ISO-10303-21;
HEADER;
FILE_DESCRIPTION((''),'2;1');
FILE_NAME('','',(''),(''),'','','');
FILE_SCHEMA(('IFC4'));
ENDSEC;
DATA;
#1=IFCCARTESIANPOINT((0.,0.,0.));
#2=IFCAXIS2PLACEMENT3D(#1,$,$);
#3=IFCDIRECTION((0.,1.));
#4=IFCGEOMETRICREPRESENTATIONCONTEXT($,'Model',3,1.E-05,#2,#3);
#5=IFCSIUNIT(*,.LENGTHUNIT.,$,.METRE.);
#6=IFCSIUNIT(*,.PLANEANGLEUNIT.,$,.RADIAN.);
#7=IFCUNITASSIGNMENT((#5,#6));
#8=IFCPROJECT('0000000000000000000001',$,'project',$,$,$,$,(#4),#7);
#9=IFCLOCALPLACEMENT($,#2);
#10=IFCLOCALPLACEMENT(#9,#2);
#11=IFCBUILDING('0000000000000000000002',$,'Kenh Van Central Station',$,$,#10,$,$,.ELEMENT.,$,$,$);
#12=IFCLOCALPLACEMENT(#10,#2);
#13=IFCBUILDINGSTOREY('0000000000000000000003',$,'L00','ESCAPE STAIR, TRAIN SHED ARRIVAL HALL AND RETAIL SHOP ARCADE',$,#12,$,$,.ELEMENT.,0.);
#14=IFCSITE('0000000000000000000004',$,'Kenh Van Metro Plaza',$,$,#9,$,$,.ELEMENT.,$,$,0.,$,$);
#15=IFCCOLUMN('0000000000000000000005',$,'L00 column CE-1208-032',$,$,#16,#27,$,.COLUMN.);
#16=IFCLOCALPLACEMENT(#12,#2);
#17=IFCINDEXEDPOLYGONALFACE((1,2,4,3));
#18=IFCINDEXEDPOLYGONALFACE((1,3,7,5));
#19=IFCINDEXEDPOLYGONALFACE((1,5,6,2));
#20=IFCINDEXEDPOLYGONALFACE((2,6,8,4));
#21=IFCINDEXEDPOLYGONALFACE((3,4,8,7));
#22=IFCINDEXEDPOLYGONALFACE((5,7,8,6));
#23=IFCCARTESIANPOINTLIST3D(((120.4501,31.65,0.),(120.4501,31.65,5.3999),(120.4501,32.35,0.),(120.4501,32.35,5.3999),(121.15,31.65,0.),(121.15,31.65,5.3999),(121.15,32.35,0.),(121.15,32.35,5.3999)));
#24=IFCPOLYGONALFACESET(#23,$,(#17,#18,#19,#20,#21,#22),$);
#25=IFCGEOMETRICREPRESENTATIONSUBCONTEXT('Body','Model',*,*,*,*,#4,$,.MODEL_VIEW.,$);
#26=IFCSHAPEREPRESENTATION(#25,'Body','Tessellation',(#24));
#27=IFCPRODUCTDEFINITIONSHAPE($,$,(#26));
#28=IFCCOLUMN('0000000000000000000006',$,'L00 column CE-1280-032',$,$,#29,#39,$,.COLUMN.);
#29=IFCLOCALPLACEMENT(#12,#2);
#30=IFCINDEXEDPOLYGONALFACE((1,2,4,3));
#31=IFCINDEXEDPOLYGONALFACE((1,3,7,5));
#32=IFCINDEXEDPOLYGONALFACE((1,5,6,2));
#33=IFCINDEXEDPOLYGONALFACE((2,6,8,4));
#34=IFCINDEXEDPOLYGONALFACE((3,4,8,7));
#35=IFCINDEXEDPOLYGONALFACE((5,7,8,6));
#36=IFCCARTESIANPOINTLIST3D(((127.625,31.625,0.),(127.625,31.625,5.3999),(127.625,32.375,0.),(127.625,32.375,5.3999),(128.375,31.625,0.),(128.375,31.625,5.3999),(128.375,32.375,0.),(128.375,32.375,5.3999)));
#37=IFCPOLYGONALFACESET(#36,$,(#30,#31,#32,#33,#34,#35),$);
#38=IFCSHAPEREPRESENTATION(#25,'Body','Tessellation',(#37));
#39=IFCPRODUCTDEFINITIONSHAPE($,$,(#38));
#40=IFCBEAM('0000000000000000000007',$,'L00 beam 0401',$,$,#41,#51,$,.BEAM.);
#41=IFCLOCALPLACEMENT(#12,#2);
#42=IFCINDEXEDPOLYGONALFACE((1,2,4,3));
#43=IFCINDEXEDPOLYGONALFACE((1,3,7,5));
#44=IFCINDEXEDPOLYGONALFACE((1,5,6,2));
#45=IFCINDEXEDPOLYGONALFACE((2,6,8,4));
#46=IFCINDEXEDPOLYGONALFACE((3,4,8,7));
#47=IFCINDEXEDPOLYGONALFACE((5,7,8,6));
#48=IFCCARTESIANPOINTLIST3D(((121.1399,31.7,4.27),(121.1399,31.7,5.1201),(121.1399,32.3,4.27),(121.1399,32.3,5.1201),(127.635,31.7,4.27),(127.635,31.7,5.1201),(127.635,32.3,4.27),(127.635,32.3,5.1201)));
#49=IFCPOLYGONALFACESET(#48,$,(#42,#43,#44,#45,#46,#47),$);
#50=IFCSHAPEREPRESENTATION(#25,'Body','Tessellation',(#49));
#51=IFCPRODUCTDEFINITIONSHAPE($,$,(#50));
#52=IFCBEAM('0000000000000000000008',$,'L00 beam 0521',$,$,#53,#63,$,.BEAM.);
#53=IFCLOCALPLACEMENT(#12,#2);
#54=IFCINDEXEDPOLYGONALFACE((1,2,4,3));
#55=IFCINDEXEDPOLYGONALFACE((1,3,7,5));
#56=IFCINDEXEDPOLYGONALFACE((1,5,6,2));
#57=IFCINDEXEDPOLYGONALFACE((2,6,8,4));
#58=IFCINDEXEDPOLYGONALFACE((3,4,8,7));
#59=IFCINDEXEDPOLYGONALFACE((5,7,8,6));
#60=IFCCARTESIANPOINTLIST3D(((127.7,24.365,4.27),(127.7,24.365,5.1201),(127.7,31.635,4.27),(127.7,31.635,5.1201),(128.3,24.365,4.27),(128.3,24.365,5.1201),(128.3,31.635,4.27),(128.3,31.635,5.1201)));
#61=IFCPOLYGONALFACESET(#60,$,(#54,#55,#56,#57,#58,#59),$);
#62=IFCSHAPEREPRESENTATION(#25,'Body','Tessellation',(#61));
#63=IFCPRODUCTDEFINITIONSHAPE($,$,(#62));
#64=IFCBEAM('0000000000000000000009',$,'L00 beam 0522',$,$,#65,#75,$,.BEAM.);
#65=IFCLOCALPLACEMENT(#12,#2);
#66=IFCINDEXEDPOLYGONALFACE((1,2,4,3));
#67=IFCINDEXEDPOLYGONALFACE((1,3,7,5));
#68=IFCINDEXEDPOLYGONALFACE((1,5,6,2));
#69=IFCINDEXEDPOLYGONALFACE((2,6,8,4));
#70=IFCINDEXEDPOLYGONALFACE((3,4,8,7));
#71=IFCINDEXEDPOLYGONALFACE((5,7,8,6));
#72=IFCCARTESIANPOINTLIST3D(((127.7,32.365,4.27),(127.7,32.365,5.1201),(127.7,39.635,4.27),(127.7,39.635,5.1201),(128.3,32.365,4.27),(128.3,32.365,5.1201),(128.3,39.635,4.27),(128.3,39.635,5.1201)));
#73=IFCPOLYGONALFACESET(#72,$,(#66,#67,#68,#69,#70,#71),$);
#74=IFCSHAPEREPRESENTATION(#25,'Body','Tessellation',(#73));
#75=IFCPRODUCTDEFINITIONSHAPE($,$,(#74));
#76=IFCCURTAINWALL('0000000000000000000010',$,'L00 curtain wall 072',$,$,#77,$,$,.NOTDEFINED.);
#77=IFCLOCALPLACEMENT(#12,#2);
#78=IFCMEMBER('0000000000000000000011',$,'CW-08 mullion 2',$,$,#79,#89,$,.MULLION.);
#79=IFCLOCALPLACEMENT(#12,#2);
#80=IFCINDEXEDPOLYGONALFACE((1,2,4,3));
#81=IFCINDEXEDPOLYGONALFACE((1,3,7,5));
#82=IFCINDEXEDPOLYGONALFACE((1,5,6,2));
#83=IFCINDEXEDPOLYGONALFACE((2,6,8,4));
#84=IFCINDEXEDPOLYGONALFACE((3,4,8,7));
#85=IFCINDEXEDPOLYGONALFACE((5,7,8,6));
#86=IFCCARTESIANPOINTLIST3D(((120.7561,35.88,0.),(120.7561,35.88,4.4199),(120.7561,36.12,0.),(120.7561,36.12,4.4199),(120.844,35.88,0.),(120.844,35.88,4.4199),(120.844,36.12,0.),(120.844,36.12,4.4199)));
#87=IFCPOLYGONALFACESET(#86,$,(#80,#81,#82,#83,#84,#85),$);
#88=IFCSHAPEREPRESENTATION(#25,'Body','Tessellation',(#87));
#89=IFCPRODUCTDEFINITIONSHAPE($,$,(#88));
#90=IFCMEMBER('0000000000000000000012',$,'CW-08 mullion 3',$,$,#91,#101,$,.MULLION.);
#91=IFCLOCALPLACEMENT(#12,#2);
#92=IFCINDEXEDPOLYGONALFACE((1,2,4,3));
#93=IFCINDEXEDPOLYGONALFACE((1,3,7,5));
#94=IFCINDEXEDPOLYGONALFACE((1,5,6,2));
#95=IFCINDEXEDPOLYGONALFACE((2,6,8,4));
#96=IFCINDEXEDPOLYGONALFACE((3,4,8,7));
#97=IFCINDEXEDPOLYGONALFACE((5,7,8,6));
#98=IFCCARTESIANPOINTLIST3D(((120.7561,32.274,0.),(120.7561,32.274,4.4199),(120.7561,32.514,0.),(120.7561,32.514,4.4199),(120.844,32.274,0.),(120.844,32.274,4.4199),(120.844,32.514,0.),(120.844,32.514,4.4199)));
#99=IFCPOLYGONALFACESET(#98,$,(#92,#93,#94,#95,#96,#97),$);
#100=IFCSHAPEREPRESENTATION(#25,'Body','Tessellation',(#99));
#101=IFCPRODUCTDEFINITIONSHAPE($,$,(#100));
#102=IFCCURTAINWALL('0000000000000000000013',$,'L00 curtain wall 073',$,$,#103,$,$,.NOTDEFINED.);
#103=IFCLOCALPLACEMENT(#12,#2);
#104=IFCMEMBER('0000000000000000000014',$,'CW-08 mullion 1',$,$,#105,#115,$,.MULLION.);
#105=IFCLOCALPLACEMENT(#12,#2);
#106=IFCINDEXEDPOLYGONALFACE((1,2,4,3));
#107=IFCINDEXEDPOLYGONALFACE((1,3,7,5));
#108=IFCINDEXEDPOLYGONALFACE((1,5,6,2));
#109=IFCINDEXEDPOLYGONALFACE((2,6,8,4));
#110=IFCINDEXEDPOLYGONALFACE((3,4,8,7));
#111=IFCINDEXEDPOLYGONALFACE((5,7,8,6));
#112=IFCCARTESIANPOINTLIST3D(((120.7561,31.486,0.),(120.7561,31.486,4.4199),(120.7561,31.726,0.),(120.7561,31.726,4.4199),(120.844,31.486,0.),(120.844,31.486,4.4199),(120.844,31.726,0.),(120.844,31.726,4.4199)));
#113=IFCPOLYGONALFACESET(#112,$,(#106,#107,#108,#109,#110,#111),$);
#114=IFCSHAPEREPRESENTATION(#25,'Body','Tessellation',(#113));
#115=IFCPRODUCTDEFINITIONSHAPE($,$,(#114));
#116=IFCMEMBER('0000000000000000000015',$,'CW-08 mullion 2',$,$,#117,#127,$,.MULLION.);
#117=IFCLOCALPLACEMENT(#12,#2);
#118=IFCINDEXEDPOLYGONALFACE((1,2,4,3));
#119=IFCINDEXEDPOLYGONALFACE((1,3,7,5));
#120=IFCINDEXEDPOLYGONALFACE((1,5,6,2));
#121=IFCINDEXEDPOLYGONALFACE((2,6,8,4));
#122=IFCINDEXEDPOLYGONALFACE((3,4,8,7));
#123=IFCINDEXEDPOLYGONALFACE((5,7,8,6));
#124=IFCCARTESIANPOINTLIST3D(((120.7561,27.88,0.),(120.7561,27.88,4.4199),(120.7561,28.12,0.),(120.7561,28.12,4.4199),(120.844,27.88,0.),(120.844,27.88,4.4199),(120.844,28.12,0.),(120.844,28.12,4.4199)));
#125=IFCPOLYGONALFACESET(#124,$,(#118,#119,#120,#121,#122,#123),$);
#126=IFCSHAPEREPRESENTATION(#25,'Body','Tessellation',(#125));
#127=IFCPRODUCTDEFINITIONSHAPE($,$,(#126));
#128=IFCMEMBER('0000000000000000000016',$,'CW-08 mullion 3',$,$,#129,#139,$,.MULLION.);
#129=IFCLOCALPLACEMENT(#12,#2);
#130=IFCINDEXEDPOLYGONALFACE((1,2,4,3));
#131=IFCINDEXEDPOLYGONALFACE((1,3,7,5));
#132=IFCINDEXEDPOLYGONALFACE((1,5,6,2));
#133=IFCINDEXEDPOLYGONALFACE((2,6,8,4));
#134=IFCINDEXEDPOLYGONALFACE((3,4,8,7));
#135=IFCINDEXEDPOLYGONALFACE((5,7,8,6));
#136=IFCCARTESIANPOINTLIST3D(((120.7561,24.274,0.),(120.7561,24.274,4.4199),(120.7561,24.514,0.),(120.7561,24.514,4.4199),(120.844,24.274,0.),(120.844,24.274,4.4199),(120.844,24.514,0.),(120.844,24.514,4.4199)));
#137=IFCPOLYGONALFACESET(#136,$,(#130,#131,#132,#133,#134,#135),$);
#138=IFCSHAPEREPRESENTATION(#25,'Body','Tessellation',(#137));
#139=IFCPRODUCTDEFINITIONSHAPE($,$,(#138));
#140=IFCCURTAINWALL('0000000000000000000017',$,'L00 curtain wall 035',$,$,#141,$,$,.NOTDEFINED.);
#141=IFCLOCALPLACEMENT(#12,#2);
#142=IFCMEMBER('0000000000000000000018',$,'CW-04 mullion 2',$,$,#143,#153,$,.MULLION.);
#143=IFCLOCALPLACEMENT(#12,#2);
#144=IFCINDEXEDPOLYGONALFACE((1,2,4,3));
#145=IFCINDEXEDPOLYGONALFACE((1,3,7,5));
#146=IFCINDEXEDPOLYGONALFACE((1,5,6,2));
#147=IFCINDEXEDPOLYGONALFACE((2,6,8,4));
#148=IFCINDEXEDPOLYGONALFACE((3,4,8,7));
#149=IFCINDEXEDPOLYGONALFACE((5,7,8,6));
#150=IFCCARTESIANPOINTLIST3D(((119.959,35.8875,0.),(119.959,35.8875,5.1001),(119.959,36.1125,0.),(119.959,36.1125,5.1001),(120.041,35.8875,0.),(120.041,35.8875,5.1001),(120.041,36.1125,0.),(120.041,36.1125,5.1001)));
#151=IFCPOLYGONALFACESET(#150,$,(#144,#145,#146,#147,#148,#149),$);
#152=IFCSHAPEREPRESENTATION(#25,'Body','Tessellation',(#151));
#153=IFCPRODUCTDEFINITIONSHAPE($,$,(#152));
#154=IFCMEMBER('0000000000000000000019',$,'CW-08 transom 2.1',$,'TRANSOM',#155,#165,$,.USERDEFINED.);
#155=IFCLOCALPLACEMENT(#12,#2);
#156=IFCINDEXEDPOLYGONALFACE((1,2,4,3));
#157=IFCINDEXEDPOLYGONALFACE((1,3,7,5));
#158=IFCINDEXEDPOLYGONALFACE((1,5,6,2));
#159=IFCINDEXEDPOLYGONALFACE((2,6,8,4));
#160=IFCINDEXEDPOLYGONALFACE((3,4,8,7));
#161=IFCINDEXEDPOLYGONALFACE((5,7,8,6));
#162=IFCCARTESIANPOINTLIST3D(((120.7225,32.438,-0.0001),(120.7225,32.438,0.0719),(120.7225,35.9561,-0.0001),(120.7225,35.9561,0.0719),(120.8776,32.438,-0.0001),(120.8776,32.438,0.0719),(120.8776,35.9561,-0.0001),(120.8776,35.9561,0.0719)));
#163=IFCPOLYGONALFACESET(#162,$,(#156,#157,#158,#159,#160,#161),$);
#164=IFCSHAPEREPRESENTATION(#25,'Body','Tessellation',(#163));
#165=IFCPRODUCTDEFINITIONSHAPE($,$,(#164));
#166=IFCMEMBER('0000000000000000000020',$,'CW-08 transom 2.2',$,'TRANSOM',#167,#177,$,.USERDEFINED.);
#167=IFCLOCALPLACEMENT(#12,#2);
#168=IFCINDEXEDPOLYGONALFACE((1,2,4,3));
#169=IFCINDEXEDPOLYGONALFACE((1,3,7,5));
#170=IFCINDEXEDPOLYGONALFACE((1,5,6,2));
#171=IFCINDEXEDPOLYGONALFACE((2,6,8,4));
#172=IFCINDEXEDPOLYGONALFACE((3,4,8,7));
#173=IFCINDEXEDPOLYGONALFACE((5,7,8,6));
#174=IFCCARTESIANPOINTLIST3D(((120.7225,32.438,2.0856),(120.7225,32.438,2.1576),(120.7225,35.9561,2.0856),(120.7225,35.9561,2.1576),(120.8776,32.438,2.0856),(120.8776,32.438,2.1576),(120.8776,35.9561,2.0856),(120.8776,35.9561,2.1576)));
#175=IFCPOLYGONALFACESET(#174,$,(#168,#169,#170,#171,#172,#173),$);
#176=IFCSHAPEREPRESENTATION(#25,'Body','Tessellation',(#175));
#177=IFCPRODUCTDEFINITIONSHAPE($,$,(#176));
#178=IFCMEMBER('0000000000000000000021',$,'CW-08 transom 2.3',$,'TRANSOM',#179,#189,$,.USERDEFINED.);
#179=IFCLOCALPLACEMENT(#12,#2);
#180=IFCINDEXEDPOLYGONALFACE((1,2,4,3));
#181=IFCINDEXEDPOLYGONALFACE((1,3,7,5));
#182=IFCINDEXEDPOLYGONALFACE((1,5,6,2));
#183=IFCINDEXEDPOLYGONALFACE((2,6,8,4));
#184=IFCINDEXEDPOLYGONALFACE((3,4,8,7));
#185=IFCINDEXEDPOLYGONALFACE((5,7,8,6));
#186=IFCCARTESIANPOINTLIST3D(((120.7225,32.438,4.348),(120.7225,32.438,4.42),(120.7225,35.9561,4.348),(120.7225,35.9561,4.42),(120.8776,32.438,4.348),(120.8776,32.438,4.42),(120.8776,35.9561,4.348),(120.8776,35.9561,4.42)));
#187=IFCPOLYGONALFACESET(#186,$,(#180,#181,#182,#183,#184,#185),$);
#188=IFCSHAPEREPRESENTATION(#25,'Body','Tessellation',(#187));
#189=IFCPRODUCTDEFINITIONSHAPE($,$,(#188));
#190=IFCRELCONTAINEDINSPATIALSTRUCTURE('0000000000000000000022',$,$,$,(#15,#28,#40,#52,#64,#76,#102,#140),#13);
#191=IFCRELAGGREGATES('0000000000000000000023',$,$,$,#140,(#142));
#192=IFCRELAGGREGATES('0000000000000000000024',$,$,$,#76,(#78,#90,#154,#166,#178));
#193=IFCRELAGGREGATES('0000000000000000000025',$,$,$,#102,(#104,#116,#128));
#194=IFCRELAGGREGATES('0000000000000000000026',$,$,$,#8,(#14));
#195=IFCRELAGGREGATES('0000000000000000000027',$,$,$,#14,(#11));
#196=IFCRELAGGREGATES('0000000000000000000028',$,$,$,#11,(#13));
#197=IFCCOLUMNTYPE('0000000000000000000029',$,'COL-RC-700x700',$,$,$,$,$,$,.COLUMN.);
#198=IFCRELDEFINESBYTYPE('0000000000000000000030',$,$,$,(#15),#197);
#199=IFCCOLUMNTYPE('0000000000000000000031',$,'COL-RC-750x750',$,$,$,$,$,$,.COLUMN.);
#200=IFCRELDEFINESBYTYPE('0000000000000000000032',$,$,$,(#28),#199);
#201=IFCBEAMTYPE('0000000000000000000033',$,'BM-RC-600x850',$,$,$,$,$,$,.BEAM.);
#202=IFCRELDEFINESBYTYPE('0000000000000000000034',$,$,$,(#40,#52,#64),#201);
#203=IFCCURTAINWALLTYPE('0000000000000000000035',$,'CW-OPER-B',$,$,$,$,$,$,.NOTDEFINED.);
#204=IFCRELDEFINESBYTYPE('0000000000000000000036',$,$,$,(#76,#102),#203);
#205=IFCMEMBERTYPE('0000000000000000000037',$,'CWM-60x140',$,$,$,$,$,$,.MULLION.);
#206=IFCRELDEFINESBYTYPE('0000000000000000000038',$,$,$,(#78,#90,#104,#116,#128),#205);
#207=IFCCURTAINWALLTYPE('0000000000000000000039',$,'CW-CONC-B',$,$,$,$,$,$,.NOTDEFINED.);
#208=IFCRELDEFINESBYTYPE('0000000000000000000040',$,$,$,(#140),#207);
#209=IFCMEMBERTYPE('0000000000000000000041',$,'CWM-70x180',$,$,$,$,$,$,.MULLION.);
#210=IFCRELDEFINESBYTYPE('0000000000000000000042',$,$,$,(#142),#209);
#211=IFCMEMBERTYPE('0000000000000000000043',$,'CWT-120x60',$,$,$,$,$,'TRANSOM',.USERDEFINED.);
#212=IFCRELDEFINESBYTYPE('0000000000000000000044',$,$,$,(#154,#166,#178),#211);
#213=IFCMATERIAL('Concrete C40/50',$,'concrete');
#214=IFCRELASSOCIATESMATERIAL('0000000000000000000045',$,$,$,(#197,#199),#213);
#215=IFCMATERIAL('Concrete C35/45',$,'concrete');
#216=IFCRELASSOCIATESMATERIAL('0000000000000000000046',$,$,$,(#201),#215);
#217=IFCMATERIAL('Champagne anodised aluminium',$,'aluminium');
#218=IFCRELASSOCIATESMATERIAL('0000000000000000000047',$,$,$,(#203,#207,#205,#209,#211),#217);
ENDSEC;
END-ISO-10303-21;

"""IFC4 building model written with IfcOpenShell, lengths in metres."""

from ifc_helpers import new_model, si_unit, direction, frame, origin, origin_2d, place, context, subcontext, project, spatial, rectangle, extrude, material, material_profile, profile_set, type_object, element, aggregate, save


model = new_model("IFC4")

# Units and contexts
model_context = context("Model", 3, precision=1e-05, world=origin(), true_north=direction((0.0, 1.0)))
body_context = subcontext(model_context, "Body", "Model", "MODEL_VIEW")
ifc_project = project(units=[si_unit("LENGTHUNIT", "METRE"), si_unit("PLANEANGLEUNIT", "RADIAN")], contexts=[model_context])

# Site, building, storey
site_placement = place(None, origin())
site = spatial("IfcSite", under=ifc_project, at=site_placement, Name="Kenh Van Metro Plaza", CompositionType="ELEMENT", RefElevation=0.0)
building_placement = place(site_placement, origin())
building = spatial("IfcBuilding", under=site, at=building_placement, Name="Kenh Van Central Station", CompositionType="ELEMENT")
storey_placement = place(building_placement, origin())
storey = spatial("IfcBuildingStorey", under=building, at=storey_placement, Name="L00", Description="ESCAPE STAIR, TRAIN SHED ARRIVAL HALL AND RETAIL SHOP ARCADE", CompositionType="ELEMENT", Elevation=0.0)

# Columns
ifc_material_1 = material(Name="Concrete C40/50", Category="concrete")
ifc_material_profile_1 = material_profile(ifc_material_1, rectangle(XDim=0.7, YDim=0.7, at=origin_2d()), Name="RC 700x700")
ifc_profile_set_1 = profile_set([ifc_material_profile_1], Name="Concrete C40/50")
column_type_1 = type_object("IfcColumnType", Name="COL-RC-700x700", PredefinedType="COLUMN", material=ifc_profile_set_1)
column_1_placement = place(storey_placement, frame((120.8, 32.0, 0.0), z_axis=(0.0, 0.0, 1.0), x_axis=(1.0, 0.0, 0.0)))
element("IfcColumn", 1, at=column_1_placement, inside=storey, type_object=column_type_1, Name="L00 column CE-1208-032", PredefinedType="COLUMN", context=body_context, shape_type="SweptSolid", body=[
    extrude(rectangle(XDim=0.7, YDim=0.7, at=origin_2d()), origin(), (0.0, 0.0, 1.0), 5.3999),
])
ifc_material_profile_2 = material_profile(ifc_material_1, rectangle(XDim=0.75, YDim=0.75, at=origin_2d()), Name="RC 750x750")
ifc_profile_set_2 = profile_set([ifc_material_profile_2], Name="Concrete C40/50")
column_type_2 = type_object("IfcColumnType", Name="COL-RC-750x750", PredefinedType="COLUMN", material=ifc_profile_set_2)
column_2_placement = place(storey_placement, frame((128.0, 32.0, 0.0), z_axis=(0.0, 0.0, 1.0), x_axis=(1.0, 0.0, 0.0)))
element("IfcColumn", 2, at=column_2_placement, inside=storey, type_object=column_type_2, Name="L00 column CE-1280-032", PredefinedType="COLUMN", context=body_context, shape_type="SweptSolid", body=[
    extrude(rectangle(XDim=0.75, YDim=0.75, at=origin_2d()), origin(), (0.0, 0.0, 1.0), 5.3999),
])

# Beams
ifc_material_2 = material(Name="Concrete C35/45", Category="concrete")
ifc_material_profile_3 = material_profile(ifc_material_2, rectangle(XDim=0.6001, YDim=0.8501, at=origin_2d()), Name="RC 600x850")
ifc_profile_set_3 = profile_set([ifc_material_profile_3], Name="Concrete C35/45")
beam_type_1 = type_object("IfcBeamType", Name="BM-RC-600x850", PredefinedType="BEAM", material=ifc_profile_set_3)
beam_1_placement = place(storey_placement, frame((121.1399, 32.0, 4.6951), z_axis=(1.0, 0.0, 0.0), x_axis=(0.0, 1.0, 0.0)))
element("IfcBeam", 3, at=beam_1_placement, inside=storey, type_object=beam_type_1, Name="L00 beam 0401", PredefinedType="BEAM", context=body_context, shape_type="SweptSolid", body=[
    extrude(rectangle(XDim=0.6001, YDim=0.8501, at=origin_2d()), origin(), (0.0, 0.0, 1.0), 6.4951),
])
for number, where, z_axis, x_axis, name in (
    (4, (128.0, 24.365, 4.6951), (0.0, 1.0, 0.0), (-1.0, 0.0, 0.0), "L00 beam 0521"),
    (5, (128.0, 32.365, 4.6951), (0.0, 1.0, 0.0), (-1.0, 0.0, 0.0), "L00 beam 0522"),
):
    element("IfcBeam", number, at=place(storey_placement, frame(where, z_axis=z_axis, x_axis=x_axis)), inside=storey, type_object=beam_type_1, Name=name, PredefinedType="BEAM", context=body_context, shape_type="SweptSolid", body=[
        extrude(rectangle(XDim=0.6001, YDim=0.8501, at=origin_2d()), origin(), (0.0, 0.0, 1.0), 7.27),
    ])

# Curtain walls, members
ifc_material_3 = material(Name="Champagne anodised aluminium", Category="aluminium")
curtain_wall_type_1 = type_object("IfcCurtainWallType", Name="CW-OPER-B", PredefinedType="NOTDEFINED", material=ifc_material_3)
curtain_wall_1_placement = place(storey_placement, origin())
curtain_wall_1 = element("IfcCurtainWall", 6, at=curtain_wall_1_placement, inside=storey, type_object=curtain_wall_type_1, Name="L00 curtain wall 072", PredefinedType="NOTDEFINED")
ifc_material_profile_4 = material_profile(ifc_material_3, rectangle(XDim=0.0879, YDim=0.24, at=origin_2d()), Name="AL 88x240")
ifc_profile_set_4 = profile_set([ifc_material_profile_4], Name="Champagne anodised aluminium")
member_type_1 = type_object("IfcMemberType", Name="CWM-60x140", PredefinedType="MULLION", material=ifc_profile_set_4)
member_1_placement = place(storey_placement, frame((120.8, 36.0, 0.0), z_axis=(0.0, 0.0, 1.0), x_axis=(1.0, 0.0, 0.0)))
member_1 = element("IfcMember", 7, at=member_1_placement, type_object=member_type_1, Name="CW-08 mullion 2", PredefinedType="MULLION", context=body_context, shape_type="SweptSolid", body=[
    extrude(rectangle(XDim=0.0879, YDim=0.24, at=origin_2d()), origin(), (0.0, 0.0, 1.0), 4.4199),
])
member_2_placement = place(storey_placement, frame((120.8, 32.394, 0.0), z_axis=(0.0, 0.0, 1.0), x_axis=(1.0, 0.0, 0.0)))
member_2 = element("IfcMember", 8, at=member_2_placement, type_object=member_type_1, Name="CW-08 mullion 3", PredefinedType="MULLION", context=body_context, shape_type="SweptSolid", body=[
    extrude(rectangle(XDim=0.0879, YDim=0.24, at=origin_2d()), origin(), (0.0, 0.0, 1.0), 4.4199),
])
curtain_wall_2_placement = place(storey_placement, origin())
curtain_wall_2 = element("IfcCurtainWall", 9, at=curtain_wall_2_placement, inside=storey, type_object=curtain_wall_type_1, Name="L00 curtain wall 073", PredefinedType="NOTDEFINED")
member_3_placement = place(storey_placement, frame((120.8, 31.606, 0.0), z_axis=(0.0, 0.0, 1.0), x_axis=(1.0, 0.0, 0.0)))
member_3 = element("IfcMember", 10, at=member_3_placement, type_object=member_type_1, Name="CW-08 mullion 1", PredefinedType="MULLION", context=body_context, shape_type="SweptSolid", body=[
    extrude(rectangle(XDim=0.0879, YDim=0.24, at=origin_2d()), origin(), (0.0, 0.0, 1.0), 4.4199),
])
member_4_placement = place(storey_placement, frame((120.8, 28.0, 0.0), z_axis=(0.0, 0.0, 1.0), x_axis=(1.0, 0.0, 0.0)))
member_4 = element("IfcMember", 11, at=member_4_placement, type_object=member_type_1, Name="CW-08 mullion 2", PredefinedType="MULLION", context=body_context, shape_type="SweptSolid", body=[
    extrude(rectangle(XDim=0.0879, YDim=0.24, at=origin_2d()), origin(), (0.0, 0.0, 1.0), 4.4199),
])
member_5_placement = place(storey_placement, frame((120.8, 24.394, 0.0), z_axis=(0.0, 0.0, 1.0), x_axis=(1.0, 0.0, 0.0)))
member_5 = element("IfcMember", 12, at=member_5_placement, type_object=member_type_1, Name="CW-08 mullion 3", PredefinedType="MULLION", context=body_context, shape_type="SweptSolid", body=[
    extrude(rectangle(XDim=0.0879, YDim=0.24, at=origin_2d()), origin(), (0.0, 0.0, 1.0), 4.4199),
])

# Curtain wall, member
curtain_wall_type_2 = type_object("IfcCurtainWallType", Name="CW-CONC-B", PredefinedType="NOTDEFINED", material=ifc_material_3)
curtain_wall_3_placement = place(storey_placement, origin())
curtain_wall_3 = element("IfcCurtainWall", 13, at=curtain_wall_3_placement, inside=storey, type_object=curtain_wall_type_2, Name="L00 curtain wall 035", PredefinedType="NOTDEFINED")
ifc_material_profile_5 = material_profile(ifc_material_3, rectangle(XDim=0.082, YDim=0.2251, at=origin_2d()), Name="AL 82x225")
ifc_profile_set_5 = profile_set([ifc_material_profile_5], Name="Champagne anodised aluminium")
member_type_2 = type_object("IfcMemberType", Name="CWM-70x180", PredefinedType="MULLION", material=ifc_profile_set_5)
member_6_placement = place(storey_placement, frame((120.0, 36.0, 0.0), z_axis=(0.0, 0.0, 1.0), x_axis=(-1.0, 0.0, 0.0)))
member_6 = element("IfcMember", 14, at=member_6_placement, type_object=member_type_2, Name="CW-04 mullion 2", PredefinedType="MULLION", context=body_context, shape_type="SweptSolid", body=[
    extrude(rectangle(XDim=0.082, YDim=0.2251, at=origin_2d()), origin(), (0.0, 0.0, 1.0), 5.1001),
])

# Members
ifc_material_profile_6 = material_profile(ifc_material_3, rectangle(XDim=0.155, YDim=0.072, at=origin_2d()), Name="AL 155x72")
ifc_profile_set_6 = profile_set([ifc_material_profile_6], Name="Champagne anodised aluminium")
member_type_3 = type_object("IfcMemberType", Name="CWT-120x60", ElementType="TRANSOM", PredefinedType="USERDEFINED", material=ifc_profile_set_6)
member_7_placement = place(storey_placement, frame((120.8, 35.9561, 0.0359), z_axis=(0.0, -1.0, 0.0), x_axis=(1.0, 0.0, 0.0)))
member_7 = element("IfcMember", 15, at=member_7_placement, type_object=member_type_3, Name="CW-08 transom 2.1", ObjectType="TRANSOM", PredefinedType="USERDEFINED", context=body_context, shape_type="SweptSolid", body=[
    extrude(rectangle(XDim=0.155, YDim=0.072, at=origin_2d()), origin(), (0.0, 0.0, 1.0), 3.5181),
])
member_8_placement = place(storey_placement, frame((120.8, 35.9561, 2.1216), z_axis=(0.0, -1.0, 0.0), x_axis=(1.0, 0.0, 0.0)))
member_8 = element("IfcMember", 16, at=member_8_placement, type_object=member_type_3, Name="CW-08 transom 2.2", ObjectType="TRANSOM", PredefinedType="USERDEFINED", context=body_context, shape_type="SweptSolid", body=[
    extrude(rectangle(XDim=0.155, YDim=0.072, at=origin_2d()), origin(), (0.0, 0.0, 1.0), 3.5181),
])
member_9_placement = place(storey_placement, frame((120.8, 35.9561, 4.384), z_axis=(0.0, -1.0, 0.0), x_axis=(1.0, 0.0, 0.0)))
member_9 = element("IfcMember", 17, at=member_9_placement, type_object=member_type_3, Name="CW-08 transom 2.3", ObjectType="TRANSOM", PredefinedType="USERDEFINED", context=body_context, shape_type="SweptSolid", body=[
    extrude(rectangle(XDim=0.155, YDim=0.072, at=origin_2d()), origin(), (0.0, 0.0, 1.0), 3.5181),
])

aggregate(curtain_wall_3, [member_6])
aggregate(curtain_wall_1, [member_1, member_2, member_7, member_8, member_9])
aggregate(curtain_wall_2, [member_3, member_4, member_5])

save(model, "model.ifc")
